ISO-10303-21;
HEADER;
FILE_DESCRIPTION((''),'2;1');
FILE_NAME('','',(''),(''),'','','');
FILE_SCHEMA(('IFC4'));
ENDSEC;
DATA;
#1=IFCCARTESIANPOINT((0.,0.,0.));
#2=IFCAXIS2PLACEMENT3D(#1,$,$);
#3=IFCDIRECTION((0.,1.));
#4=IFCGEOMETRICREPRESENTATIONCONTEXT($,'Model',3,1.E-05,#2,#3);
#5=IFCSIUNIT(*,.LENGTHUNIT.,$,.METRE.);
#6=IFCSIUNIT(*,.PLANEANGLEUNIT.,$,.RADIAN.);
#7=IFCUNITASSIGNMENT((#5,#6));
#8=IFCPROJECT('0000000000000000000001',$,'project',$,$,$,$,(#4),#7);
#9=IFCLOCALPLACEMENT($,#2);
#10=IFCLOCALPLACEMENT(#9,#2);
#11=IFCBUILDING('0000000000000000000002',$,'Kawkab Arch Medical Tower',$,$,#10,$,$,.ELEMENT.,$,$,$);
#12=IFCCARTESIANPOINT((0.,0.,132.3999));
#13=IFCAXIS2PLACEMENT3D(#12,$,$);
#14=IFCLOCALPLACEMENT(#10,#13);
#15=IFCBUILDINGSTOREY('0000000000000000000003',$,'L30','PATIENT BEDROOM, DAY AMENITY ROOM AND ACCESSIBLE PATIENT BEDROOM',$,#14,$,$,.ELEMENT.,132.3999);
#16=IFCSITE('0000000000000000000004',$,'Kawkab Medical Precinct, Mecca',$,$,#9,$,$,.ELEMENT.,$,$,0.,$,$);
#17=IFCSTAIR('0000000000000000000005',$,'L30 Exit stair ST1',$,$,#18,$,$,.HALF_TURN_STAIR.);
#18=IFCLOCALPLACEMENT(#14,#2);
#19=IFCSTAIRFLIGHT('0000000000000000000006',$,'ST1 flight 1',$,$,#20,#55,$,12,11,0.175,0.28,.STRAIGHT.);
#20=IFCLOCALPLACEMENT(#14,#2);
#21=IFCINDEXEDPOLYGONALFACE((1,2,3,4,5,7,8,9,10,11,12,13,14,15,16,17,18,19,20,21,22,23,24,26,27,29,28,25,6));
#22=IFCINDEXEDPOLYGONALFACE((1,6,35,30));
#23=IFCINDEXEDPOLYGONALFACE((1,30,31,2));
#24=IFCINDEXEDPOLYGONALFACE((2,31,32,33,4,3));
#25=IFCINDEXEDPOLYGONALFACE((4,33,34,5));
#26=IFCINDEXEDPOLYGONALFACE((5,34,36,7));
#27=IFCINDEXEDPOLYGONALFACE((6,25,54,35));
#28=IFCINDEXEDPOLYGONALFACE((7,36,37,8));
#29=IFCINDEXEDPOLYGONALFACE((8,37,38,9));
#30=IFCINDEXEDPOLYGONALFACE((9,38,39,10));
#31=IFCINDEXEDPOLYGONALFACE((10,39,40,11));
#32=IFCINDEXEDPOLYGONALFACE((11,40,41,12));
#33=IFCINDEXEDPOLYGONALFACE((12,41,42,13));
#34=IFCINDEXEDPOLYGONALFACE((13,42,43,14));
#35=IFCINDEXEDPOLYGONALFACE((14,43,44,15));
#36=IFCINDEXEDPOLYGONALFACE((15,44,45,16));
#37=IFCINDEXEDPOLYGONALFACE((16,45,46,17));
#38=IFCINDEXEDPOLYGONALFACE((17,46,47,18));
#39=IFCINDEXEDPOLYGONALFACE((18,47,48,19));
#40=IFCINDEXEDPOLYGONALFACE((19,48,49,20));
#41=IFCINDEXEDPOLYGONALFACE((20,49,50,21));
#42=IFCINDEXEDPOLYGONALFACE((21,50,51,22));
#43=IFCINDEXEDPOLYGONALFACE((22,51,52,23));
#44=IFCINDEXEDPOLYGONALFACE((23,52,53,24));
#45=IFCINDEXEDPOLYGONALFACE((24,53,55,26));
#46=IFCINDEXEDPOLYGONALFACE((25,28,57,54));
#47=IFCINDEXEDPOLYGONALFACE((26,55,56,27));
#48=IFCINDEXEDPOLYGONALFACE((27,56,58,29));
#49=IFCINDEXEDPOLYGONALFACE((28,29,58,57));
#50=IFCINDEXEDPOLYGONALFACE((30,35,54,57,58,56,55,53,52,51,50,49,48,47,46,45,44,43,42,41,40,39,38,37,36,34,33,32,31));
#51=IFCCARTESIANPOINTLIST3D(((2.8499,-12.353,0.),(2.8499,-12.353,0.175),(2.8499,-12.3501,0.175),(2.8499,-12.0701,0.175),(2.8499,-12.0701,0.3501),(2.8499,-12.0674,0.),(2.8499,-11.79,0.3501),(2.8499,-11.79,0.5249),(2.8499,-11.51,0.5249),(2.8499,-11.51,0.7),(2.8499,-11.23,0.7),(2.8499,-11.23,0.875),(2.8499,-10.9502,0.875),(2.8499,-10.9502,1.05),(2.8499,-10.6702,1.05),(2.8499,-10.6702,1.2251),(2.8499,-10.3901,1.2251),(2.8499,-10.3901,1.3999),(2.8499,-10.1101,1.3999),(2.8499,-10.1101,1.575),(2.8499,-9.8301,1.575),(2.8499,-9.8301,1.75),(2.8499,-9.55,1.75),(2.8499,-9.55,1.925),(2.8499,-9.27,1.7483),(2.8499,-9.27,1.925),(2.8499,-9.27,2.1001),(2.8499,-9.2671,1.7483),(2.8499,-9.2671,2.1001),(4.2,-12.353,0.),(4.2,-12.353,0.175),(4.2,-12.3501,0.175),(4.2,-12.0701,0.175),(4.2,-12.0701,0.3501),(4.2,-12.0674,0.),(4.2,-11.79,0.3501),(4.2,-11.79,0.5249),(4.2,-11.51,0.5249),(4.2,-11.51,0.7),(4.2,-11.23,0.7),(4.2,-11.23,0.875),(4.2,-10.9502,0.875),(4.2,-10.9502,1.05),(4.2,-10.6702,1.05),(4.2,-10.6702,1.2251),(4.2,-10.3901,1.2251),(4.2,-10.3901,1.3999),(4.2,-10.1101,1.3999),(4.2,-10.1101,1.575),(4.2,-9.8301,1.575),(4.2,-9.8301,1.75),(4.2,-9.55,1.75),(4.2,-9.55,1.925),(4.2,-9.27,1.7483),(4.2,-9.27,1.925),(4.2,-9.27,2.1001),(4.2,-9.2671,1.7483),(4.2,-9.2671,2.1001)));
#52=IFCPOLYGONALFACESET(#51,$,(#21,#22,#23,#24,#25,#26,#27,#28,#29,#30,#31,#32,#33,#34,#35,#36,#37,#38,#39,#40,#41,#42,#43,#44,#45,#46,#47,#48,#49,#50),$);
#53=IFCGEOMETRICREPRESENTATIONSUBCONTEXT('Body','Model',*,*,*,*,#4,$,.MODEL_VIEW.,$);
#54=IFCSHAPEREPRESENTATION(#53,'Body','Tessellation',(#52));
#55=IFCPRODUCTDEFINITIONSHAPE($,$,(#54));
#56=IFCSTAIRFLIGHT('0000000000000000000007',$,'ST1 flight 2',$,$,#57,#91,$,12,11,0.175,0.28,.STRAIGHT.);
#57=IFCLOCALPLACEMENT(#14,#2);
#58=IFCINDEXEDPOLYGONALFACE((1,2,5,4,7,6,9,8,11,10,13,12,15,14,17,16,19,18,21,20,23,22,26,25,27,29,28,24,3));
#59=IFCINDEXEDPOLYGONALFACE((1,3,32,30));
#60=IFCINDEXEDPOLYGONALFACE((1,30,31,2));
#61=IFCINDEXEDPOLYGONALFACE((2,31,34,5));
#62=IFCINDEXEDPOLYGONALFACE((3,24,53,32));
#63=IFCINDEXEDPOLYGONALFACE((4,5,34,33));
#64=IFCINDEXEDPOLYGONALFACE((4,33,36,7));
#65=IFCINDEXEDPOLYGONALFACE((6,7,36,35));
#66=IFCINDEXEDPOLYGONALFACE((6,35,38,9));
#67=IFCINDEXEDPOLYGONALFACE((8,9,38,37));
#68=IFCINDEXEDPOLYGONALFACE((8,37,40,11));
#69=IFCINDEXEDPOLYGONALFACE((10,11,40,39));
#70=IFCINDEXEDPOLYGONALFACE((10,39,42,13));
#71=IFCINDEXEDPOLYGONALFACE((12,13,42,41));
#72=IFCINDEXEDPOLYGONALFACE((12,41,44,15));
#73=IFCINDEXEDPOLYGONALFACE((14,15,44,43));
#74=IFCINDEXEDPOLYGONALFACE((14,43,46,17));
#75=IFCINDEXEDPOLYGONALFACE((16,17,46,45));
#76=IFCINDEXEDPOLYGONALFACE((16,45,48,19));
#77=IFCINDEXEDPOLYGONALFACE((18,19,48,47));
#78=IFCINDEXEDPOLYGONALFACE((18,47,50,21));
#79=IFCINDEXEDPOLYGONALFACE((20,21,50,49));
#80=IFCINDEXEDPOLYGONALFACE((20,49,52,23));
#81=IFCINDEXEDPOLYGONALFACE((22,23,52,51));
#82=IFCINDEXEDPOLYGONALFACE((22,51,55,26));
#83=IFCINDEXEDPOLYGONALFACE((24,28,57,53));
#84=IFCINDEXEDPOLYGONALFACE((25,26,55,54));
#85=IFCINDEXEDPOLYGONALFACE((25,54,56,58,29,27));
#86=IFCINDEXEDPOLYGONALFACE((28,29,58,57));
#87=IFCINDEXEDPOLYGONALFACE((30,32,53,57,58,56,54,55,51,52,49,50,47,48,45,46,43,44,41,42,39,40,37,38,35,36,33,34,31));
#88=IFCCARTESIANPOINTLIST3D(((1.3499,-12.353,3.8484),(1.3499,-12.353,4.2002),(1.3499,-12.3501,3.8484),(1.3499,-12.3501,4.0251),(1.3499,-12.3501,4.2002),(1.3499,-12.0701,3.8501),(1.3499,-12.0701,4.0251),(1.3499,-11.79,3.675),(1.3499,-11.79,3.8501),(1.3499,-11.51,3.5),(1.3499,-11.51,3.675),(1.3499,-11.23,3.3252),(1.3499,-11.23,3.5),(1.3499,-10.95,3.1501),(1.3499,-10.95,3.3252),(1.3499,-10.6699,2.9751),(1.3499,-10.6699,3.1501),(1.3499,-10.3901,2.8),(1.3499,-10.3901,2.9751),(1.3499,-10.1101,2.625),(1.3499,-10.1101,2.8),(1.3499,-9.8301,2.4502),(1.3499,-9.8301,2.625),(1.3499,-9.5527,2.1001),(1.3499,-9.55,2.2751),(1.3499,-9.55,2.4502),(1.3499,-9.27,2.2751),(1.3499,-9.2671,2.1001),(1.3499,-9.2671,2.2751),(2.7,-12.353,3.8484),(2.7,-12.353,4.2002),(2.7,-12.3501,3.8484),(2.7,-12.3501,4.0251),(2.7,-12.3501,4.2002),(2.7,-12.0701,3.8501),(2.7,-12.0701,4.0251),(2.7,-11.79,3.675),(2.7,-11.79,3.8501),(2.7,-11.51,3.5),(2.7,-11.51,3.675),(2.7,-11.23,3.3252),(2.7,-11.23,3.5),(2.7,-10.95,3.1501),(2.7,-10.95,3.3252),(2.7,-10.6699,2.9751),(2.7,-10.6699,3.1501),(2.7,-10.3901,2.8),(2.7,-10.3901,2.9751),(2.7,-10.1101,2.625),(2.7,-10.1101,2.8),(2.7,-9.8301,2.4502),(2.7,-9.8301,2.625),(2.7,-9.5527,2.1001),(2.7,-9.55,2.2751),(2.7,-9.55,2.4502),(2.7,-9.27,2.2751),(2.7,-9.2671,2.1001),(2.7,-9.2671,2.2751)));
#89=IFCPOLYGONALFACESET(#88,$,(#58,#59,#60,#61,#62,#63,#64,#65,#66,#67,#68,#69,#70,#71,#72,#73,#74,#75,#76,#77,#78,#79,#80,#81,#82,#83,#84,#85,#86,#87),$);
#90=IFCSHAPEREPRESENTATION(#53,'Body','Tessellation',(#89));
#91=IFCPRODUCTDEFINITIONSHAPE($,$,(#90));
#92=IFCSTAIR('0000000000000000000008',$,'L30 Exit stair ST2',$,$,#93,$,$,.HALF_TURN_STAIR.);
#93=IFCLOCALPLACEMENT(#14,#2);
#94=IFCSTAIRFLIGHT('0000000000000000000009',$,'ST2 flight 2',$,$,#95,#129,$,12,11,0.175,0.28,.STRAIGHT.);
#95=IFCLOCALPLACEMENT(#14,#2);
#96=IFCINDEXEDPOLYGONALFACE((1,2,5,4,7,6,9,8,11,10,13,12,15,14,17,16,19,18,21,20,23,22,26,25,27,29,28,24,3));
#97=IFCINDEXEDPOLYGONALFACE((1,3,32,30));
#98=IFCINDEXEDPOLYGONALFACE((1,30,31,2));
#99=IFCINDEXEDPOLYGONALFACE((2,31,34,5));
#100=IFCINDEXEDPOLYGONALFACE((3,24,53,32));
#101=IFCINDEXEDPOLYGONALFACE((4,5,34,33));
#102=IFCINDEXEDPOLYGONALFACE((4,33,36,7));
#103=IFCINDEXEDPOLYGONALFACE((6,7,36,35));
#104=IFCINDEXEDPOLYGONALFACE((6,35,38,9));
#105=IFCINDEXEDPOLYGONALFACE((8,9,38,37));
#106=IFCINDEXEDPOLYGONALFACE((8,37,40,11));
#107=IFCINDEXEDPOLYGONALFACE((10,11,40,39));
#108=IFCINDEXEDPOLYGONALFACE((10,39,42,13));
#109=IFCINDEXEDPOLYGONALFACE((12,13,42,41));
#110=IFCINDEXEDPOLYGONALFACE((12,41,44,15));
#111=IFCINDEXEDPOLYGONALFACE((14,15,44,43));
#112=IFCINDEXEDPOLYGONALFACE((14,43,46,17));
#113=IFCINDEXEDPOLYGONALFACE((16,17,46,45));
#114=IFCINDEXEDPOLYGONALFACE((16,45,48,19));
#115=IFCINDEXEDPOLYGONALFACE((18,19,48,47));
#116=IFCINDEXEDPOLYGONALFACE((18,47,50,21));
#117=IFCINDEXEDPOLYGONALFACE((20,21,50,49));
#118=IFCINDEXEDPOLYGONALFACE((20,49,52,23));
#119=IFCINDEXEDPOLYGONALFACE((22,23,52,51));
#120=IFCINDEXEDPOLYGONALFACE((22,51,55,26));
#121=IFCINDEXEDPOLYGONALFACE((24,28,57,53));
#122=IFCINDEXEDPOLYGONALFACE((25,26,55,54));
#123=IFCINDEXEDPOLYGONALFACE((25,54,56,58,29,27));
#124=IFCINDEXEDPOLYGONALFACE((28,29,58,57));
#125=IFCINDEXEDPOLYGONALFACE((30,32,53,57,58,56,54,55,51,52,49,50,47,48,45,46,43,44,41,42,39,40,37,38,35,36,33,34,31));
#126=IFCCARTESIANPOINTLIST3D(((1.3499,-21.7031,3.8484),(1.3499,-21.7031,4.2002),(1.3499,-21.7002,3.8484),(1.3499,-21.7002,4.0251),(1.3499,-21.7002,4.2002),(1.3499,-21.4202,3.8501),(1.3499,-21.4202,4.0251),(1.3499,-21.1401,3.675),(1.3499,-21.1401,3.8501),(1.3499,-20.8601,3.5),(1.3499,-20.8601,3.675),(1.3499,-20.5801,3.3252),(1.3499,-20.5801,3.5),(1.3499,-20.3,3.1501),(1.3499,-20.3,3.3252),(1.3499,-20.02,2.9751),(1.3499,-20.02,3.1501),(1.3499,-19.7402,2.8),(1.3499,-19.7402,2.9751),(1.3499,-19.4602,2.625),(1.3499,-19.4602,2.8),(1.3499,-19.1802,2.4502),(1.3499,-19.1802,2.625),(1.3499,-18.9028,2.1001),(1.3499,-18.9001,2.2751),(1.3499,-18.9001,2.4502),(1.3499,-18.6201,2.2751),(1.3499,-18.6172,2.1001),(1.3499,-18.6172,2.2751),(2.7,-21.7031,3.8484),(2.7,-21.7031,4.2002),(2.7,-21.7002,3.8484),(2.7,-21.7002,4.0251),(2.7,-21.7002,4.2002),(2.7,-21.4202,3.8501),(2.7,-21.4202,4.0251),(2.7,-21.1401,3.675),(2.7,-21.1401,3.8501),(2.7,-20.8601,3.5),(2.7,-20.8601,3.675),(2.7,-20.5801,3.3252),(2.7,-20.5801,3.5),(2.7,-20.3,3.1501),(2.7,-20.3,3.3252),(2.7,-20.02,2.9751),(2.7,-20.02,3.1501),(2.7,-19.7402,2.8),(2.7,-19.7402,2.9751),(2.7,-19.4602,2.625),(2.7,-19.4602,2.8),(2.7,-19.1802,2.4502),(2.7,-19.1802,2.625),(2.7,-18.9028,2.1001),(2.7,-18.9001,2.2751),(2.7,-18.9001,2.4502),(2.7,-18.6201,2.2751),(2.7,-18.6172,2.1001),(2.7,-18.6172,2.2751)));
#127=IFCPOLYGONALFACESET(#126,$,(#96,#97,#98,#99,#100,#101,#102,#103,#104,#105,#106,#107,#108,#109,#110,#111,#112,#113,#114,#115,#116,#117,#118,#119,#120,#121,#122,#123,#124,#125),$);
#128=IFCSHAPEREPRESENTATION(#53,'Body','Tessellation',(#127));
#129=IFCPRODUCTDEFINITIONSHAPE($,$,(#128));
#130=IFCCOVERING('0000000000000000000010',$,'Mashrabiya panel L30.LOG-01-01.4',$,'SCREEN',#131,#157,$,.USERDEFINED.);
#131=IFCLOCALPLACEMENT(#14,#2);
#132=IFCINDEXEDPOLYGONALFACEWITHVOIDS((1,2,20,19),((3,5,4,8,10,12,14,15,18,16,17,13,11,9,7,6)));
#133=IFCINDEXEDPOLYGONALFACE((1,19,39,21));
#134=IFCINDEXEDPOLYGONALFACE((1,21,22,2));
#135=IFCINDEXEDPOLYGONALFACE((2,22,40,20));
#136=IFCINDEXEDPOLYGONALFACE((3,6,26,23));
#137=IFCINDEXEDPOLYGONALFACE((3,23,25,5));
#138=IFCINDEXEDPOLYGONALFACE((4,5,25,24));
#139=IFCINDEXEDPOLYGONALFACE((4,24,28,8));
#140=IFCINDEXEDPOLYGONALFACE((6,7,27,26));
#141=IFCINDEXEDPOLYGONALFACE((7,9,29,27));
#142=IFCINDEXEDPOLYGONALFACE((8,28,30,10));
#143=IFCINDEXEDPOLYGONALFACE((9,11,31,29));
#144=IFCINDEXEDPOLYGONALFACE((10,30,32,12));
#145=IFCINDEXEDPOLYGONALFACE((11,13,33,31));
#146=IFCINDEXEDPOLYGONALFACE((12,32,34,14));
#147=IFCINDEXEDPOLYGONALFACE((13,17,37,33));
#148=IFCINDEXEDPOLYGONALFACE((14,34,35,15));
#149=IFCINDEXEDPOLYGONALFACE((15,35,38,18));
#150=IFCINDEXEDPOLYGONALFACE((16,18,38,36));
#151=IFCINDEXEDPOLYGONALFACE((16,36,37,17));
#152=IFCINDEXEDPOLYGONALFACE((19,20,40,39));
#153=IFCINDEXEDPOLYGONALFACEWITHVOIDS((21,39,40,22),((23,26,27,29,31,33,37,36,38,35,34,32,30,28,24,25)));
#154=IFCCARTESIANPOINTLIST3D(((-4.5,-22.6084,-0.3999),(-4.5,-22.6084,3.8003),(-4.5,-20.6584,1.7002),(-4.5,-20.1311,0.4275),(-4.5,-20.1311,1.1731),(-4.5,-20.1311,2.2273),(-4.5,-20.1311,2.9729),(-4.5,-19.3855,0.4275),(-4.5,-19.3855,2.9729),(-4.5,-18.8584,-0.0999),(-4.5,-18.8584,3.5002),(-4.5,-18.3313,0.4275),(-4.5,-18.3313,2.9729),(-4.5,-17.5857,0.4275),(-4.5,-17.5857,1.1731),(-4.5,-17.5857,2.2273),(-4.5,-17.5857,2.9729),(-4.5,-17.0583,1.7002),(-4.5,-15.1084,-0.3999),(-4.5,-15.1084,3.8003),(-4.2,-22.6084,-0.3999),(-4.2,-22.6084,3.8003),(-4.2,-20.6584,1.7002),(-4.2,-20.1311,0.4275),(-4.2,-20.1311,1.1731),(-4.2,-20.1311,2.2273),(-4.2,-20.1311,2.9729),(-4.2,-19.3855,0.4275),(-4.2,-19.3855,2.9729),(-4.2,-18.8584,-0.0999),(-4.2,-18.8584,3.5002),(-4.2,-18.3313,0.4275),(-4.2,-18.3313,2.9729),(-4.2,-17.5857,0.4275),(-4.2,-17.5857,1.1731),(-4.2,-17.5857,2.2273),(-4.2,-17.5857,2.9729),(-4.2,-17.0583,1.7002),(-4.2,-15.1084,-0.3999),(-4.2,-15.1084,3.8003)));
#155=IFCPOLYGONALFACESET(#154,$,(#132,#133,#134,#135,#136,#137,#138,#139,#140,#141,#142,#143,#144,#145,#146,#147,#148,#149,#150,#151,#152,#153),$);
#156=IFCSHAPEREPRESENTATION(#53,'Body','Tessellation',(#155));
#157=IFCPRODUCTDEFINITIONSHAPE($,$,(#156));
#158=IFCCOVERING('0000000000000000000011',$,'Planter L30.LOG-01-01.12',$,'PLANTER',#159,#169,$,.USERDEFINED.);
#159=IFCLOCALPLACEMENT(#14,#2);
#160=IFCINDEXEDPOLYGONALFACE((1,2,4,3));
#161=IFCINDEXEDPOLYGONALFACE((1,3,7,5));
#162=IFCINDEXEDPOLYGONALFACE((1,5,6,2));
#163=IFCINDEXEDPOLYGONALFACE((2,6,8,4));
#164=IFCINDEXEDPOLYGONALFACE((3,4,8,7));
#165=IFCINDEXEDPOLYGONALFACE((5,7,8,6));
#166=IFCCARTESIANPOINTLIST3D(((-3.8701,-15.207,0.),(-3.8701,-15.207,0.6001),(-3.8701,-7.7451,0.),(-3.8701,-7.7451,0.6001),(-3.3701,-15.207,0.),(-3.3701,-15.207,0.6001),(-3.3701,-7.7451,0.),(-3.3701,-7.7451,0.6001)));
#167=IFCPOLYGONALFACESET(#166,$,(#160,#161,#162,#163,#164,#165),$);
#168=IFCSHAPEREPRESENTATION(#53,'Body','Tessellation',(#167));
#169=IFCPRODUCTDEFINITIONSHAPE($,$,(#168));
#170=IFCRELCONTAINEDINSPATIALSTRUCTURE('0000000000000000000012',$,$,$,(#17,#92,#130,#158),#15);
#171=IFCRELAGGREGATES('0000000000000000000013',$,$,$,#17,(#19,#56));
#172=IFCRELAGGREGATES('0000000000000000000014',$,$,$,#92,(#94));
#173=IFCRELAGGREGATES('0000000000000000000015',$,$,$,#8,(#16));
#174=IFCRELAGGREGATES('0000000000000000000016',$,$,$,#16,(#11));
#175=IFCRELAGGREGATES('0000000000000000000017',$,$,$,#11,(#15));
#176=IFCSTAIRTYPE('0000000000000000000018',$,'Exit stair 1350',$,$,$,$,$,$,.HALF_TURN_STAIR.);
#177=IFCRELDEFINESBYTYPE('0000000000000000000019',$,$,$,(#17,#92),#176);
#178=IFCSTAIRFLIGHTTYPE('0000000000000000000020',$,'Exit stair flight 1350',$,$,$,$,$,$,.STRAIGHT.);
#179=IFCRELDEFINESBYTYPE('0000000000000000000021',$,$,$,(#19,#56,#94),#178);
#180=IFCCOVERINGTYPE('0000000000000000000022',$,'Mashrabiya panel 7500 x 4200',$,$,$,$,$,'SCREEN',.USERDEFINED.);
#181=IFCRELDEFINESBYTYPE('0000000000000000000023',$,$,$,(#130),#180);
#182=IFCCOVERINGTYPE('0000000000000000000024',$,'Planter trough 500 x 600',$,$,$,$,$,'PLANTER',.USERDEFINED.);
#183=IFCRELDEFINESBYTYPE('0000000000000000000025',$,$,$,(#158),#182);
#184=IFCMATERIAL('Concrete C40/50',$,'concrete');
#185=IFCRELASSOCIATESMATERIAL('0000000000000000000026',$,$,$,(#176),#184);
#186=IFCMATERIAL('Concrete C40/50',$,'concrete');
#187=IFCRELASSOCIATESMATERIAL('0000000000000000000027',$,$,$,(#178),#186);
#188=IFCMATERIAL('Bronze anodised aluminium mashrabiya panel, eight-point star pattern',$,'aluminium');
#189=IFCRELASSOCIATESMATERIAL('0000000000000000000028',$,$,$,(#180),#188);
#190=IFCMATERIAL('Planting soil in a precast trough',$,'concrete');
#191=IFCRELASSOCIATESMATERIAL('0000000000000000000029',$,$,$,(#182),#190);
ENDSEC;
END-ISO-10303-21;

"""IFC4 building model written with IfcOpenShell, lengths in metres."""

from ifc_helpers import new_model, si_unit, direction, frame, origin, origin_2d, place, context, subcontext, project, spatial, polyline, rectangle, outline, extrude, material, material_profile, profile_set, type_object, element, aggregate, save


model = new_model("IFC4")

# Units and contexts
model_context = context("Model", 3, precision=1e-05, world=origin(), true_north=direction((0.0, 1.0)))
body_context = subcontext(model_context, "Body", "Model", "MODEL_VIEW")
ifc_project = project(units=[si_unit("LENGTHUNIT", "METRE"), si_unit("PLANEANGLEUNIT", "RADIAN")], contexts=[model_context])

# Site, building, storey
site_placement = place(None, origin())
site = spatial("IfcSite", under=ifc_project, at=site_placement, Name="Kawkab Medical Precinct, Mecca", CompositionType="ELEMENT", RefElevation=0.0)
building_placement = place(site_placement, origin())
building = spatial("IfcBuilding", under=site, at=building_placement, Name="Kawkab Arch Medical Tower", CompositionType="ELEMENT")
storey_placement = place(building_placement, frame((0.0, 0.0, 132.3999)))
storey = spatial("IfcBuildingStorey", under=building, at=storey_placement, Name="L30", Description="PATIENT BEDROOM, DAY AMENITY ROOM AND ACCESSIBLE PATIENT BEDROOM", CompositionType="ELEMENT", Elevation=132.3999)

# Shared definitions
placement = place(storey_placement, origin())

# Stair, stair flights
ifc_material_1 = material(Name="Concrete C40/50", Category="concrete")
stair_type = type_object("IfcStairType", Name="Exit stair 1350", PredefinedType="HALF_TURN_STAIR", material=ifc_material_1)
stair_1 = element("IfcStair", 1, at=placement, inside=storey, type_object=stair_type, Name="L30 Exit stair ST1", PredefinedType="HALF_TURN_STAIR")
ifc_material_2 = material(Name="Concrete C40/50", Category="concrete")
stair_flight_type = type_object("IfcStairFlightType", Name="Exit stair flight 1350", PredefinedType="STRAIGHT", material=ifc_material_2)
stair_flight_1_placement = place(storey_placement, frame((3.5249, -12.3501, 0.0), z_axis=(0.0, 0.0, 1.0), x_axis=(0.0, 1.0, 0.0)))
stair_flight_1 = element("IfcStairFlight", 2, at=stair_flight_1_placement, type_object=stair_flight_type, Name="ST1 flight 1", NumberOfRisers=12, NumberOfTreads=11, PredefinedType="STRAIGHT", RiserHeight=0.175, TreadLength=0.28, context=body_context, shape_type="SweptSolid", body=[
    extrude(outline(polyline([(-0.0029, 0.0), (-0.0029, 0.175), (0.0, 0.175), (0.28, 0.175), (0.28, 0.3501), (0.5601, 0.3501), (0.5601, 0.5249), (0.8401, 0.5249), (0.8401, 0.7), (1.1201, 0.7), (1.1201, 0.875), (1.3999, 0.875), (1.3999, 1.05), (1.6799, 1.05), (1.6799, 1.2251), (1.96, 1.2251), (1.96, 1.3999), (2.24, 1.3999), (2.24, 1.575), (2.52, 1.575), (2.52, 1.75), (2.8, 1.75), (2.8, 1.925), (3.0801, 1.925), (3.0801, 2.1001), (3.083, 2.1001), (3.083, 1.7483), (3.0801, 1.7483), (0.2827, 0.0), (-0.0029, 0.0)])), frame((0.0, 0.675, 0.0), z_axis=(0.0, -1.0, 0.0), x_axis=(1.0, 0.0, 0.0)), (0.0, 0.0, 1.0), 1.3501),
])
stair_flight_2_placement = place(storey_placement, frame((2.0249, -9.27, 2.1001), z_axis=(0.0, 0.0, 1.0), x_axis=(0.0, -1.0, 0.0)))
stair_flight_2 = element("IfcStairFlight", 3, at=stair_flight_2_placement, type_object=stair_flight_type, Name="ST1 flight 2", NumberOfRisers=12, NumberOfTreads=11, PredefinedType="STRAIGHT", RiserHeight=0.175, TreadLength=0.28, context=body_context, shape_type="SweptSolid", body=[
    extrude(outline(polyline([(-0.0029, 0.0), (-0.0029, 0.175), (0.0, 0.175), (0.28, 0.175), (0.28, 0.3501), (0.5601, 0.3501), (0.5601, 0.5249), (0.8401, 0.5249), (0.8401, 0.7), (1.1201, 0.7), (1.1201, 0.875), (1.3999, 0.875), (1.3999, 1.05), (1.6799, 1.05), (1.6799, 1.2251), (1.96, 1.2251), (1.96, 1.3999), (2.24, 1.3999), (2.24, 1.575), (2.52, 1.575), (2.52, 1.75), (2.8, 1.75), (2.8, 1.925), (3.0801, 1.925), (3.0801, 2.1001), (3.083, 2.1001), (3.083, 1.7483), (3.0801, 1.7483), (0.2827, 0.0), (-0.0029, 0.0)])), frame((0.0, 0.675, 0.0), z_axis=(0.0, -1.0, 0.0), x_axis=(1.0, 0.0, 0.0)), (0.0, 0.0, 1.0), 1.3501),
])
aggregate(stair_1, [stair_flight_1, stair_flight_2])

# Stair, stair flight
stair_2 = element("IfcStair", 4, at=placement, inside=storey, type_object=stair_type, Name="L30 Exit stair ST2", PredefinedType="HALF_TURN_STAIR")
stair_flight_3_placement = place(storey_placement, frame((2.0249, -18.6201, 2.1001), z_axis=(0.0, 0.0, 1.0), x_axis=(0.0, -1.0, 0.0)))
stair_flight_3 = element("IfcStairFlight", 5, at=stair_flight_3_placement, type_object=stair_flight_type, Name="ST2 flight 2", NumberOfRisers=12, NumberOfTreads=11, PredefinedType="STRAIGHT", RiserHeight=0.175, TreadLength=0.28, context=body_context, shape_type="SweptSolid", body=[
    extrude(outline(polyline([(-0.0029, 0.0), (-0.0029, 0.175), (0.0, 0.175), (0.28, 0.175), (0.28, 0.3501), (0.5601, 0.3501), (0.5601, 0.5249), (0.8401, 0.5249), (0.8401, 0.7), (1.1201, 0.7), (1.1201, 0.875), (1.3999, 0.875), (1.3999, 1.05), (1.6799, 1.05), (1.6799, 1.2251), (1.96, 1.2251), (1.96, 1.3999), (2.24, 1.3999), (2.24, 1.575), (2.52, 1.575), (2.52, 1.75), (2.8, 1.75), (2.8, 1.925), (3.0801, 1.925), (3.0801, 2.1001), (3.083, 2.1001), (3.083, 1.7483), (3.0801, 1.7483), (0.2827, 0.0), (-0.0029, 0.0)])), frame((0.0, 0.675, 0.0), z_axis=(0.0, -1.0, 0.0), x_axis=(1.0, 0.0, 0.0)), (0.0, 0.0, 1.0), 1.3501),
])
aggregate(stair_2, [stair_flight_3])

# Coverings
ifc_material_3 = material(Name="Bronze anodised aluminium mashrabiya panel, eight-point star pattern", Category="aluminium")
ifc_material_profile_1 = material_profile(ifc_material_3, outline(polyline([(-3.75, -2.1001), (3.75, -2.1001), (3.75, 2.1001), (-3.75, 2.1001), (-3.75, -2.1001)]), holes=[polyline([(1.8, 0.0), (1.2727, 0.5271), (1.2727, 1.2727), (0.5271, 1.2727), (0.0, 1.8), (-0.5271, 1.2727), (-1.2727, 1.2727), (-1.2727, 0.5271), (-1.8, 0.0), (-1.2727, -0.5271), (-1.2727, -1.2727), (-0.5271, -1.2727), (0.0, -1.8), (0.5271, -1.2727), (1.2727, -1.2727), (1.2727, -0.5271), (1.8, 0.0)])]), Name="Mashrabiya panel 7500x4200")
ifc_profile_set_1 = profile_set([ifc_material_profile_1], Name="Bronze anodised aluminium mashrabiya panel, eight-point star pattern")
covering_type_1 = type_object("IfcCoveringType", Name="Mashrabiya panel 7500 x 4200", ElementType="SCREEN", PredefinedType="USERDEFINED", material=ifc_profile_set_1)
covering_1_placement = place(storey_placement, frame((-4.2, -18.8584, 1.7002), z_axis=(-1.0, 0.0, 0.0), x_axis=(0.0, -1.0, 0.0)))
element("IfcCovering", 6, at=covering_1_placement, inside=storey, type_object=covering_type_1, Name="Mashrabiya panel L30.LOG-01-01.4", ObjectType="SCREEN", PredefinedType="USERDEFINED", context=body_context, shape_type="SweptSolid", body=[
    extrude(outline(polyline([(-3.75, -2.1001), (3.75, -2.1001), (3.75, 2.1001), (-3.75, 2.1001), (-3.75, -2.1001)]), holes=[polyline([(1.8, 0.0), (1.2727, 0.5271), (1.2727, 1.2727), (0.5271, 1.2727), (0.0, 1.8), (-0.5271, 1.2727), (-1.2727, 1.2727), (-1.2727, 0.5271), (-1.8, 0.0), (-1.2727, -0.5271), (-1.2727, -1.2727), (-0.5271, -1.2727), (0.0, -1.8), (0.5271, -1.2727), (1.2727, -1.2727), (1.2727, -0.5271), (1.8, 0.0)])]), origin(), (0.0, 0.0, 1.0), 0.3),
])
ifc_material_4 = material(Name="Planting soil in a precast trough", Category="concrete")
ifc_material_profile_2 = material_profile(ifc_material_4, rectangle(XDim=0.5, YDim=0.6001, at=origin_2d()), Name="Trough 500x600")
ifc_profile_set_2 = profile_set([ifc_material_profile_2], Name="Planting soil in a precast trough")
covering_type_2 = type_object("IfcCoveringType", Name="Planter trough 500 x 600", ElementType="PLANTER", PredefinedType="USERDEFINED", material=ifc_profile_set_2)
covering_2_placement = place(storey_placement, frame((-3.6201, -15.207, 0.3), z_axis=(0.0, 1.0, 0.0), x_axis=(-1.0, 0.0, 0.0)))
element("IfcCovering", 7, at=covering_2_placement, inside=storey, type_object=covering_type_2, Name="Planter L30.LOG-01-01.12", ObjectType="PLANTER", PredefinedType="USERDEFINED", context=body_context, shape_type="SweptSolid", body=[
    extrude(rectangle(XDim=0.5, YDim=0.6001, at=origin_2d()), origin(), (0.0, 0.0, 1.0), 7.4619),
])

save(model, "model.ifc")
